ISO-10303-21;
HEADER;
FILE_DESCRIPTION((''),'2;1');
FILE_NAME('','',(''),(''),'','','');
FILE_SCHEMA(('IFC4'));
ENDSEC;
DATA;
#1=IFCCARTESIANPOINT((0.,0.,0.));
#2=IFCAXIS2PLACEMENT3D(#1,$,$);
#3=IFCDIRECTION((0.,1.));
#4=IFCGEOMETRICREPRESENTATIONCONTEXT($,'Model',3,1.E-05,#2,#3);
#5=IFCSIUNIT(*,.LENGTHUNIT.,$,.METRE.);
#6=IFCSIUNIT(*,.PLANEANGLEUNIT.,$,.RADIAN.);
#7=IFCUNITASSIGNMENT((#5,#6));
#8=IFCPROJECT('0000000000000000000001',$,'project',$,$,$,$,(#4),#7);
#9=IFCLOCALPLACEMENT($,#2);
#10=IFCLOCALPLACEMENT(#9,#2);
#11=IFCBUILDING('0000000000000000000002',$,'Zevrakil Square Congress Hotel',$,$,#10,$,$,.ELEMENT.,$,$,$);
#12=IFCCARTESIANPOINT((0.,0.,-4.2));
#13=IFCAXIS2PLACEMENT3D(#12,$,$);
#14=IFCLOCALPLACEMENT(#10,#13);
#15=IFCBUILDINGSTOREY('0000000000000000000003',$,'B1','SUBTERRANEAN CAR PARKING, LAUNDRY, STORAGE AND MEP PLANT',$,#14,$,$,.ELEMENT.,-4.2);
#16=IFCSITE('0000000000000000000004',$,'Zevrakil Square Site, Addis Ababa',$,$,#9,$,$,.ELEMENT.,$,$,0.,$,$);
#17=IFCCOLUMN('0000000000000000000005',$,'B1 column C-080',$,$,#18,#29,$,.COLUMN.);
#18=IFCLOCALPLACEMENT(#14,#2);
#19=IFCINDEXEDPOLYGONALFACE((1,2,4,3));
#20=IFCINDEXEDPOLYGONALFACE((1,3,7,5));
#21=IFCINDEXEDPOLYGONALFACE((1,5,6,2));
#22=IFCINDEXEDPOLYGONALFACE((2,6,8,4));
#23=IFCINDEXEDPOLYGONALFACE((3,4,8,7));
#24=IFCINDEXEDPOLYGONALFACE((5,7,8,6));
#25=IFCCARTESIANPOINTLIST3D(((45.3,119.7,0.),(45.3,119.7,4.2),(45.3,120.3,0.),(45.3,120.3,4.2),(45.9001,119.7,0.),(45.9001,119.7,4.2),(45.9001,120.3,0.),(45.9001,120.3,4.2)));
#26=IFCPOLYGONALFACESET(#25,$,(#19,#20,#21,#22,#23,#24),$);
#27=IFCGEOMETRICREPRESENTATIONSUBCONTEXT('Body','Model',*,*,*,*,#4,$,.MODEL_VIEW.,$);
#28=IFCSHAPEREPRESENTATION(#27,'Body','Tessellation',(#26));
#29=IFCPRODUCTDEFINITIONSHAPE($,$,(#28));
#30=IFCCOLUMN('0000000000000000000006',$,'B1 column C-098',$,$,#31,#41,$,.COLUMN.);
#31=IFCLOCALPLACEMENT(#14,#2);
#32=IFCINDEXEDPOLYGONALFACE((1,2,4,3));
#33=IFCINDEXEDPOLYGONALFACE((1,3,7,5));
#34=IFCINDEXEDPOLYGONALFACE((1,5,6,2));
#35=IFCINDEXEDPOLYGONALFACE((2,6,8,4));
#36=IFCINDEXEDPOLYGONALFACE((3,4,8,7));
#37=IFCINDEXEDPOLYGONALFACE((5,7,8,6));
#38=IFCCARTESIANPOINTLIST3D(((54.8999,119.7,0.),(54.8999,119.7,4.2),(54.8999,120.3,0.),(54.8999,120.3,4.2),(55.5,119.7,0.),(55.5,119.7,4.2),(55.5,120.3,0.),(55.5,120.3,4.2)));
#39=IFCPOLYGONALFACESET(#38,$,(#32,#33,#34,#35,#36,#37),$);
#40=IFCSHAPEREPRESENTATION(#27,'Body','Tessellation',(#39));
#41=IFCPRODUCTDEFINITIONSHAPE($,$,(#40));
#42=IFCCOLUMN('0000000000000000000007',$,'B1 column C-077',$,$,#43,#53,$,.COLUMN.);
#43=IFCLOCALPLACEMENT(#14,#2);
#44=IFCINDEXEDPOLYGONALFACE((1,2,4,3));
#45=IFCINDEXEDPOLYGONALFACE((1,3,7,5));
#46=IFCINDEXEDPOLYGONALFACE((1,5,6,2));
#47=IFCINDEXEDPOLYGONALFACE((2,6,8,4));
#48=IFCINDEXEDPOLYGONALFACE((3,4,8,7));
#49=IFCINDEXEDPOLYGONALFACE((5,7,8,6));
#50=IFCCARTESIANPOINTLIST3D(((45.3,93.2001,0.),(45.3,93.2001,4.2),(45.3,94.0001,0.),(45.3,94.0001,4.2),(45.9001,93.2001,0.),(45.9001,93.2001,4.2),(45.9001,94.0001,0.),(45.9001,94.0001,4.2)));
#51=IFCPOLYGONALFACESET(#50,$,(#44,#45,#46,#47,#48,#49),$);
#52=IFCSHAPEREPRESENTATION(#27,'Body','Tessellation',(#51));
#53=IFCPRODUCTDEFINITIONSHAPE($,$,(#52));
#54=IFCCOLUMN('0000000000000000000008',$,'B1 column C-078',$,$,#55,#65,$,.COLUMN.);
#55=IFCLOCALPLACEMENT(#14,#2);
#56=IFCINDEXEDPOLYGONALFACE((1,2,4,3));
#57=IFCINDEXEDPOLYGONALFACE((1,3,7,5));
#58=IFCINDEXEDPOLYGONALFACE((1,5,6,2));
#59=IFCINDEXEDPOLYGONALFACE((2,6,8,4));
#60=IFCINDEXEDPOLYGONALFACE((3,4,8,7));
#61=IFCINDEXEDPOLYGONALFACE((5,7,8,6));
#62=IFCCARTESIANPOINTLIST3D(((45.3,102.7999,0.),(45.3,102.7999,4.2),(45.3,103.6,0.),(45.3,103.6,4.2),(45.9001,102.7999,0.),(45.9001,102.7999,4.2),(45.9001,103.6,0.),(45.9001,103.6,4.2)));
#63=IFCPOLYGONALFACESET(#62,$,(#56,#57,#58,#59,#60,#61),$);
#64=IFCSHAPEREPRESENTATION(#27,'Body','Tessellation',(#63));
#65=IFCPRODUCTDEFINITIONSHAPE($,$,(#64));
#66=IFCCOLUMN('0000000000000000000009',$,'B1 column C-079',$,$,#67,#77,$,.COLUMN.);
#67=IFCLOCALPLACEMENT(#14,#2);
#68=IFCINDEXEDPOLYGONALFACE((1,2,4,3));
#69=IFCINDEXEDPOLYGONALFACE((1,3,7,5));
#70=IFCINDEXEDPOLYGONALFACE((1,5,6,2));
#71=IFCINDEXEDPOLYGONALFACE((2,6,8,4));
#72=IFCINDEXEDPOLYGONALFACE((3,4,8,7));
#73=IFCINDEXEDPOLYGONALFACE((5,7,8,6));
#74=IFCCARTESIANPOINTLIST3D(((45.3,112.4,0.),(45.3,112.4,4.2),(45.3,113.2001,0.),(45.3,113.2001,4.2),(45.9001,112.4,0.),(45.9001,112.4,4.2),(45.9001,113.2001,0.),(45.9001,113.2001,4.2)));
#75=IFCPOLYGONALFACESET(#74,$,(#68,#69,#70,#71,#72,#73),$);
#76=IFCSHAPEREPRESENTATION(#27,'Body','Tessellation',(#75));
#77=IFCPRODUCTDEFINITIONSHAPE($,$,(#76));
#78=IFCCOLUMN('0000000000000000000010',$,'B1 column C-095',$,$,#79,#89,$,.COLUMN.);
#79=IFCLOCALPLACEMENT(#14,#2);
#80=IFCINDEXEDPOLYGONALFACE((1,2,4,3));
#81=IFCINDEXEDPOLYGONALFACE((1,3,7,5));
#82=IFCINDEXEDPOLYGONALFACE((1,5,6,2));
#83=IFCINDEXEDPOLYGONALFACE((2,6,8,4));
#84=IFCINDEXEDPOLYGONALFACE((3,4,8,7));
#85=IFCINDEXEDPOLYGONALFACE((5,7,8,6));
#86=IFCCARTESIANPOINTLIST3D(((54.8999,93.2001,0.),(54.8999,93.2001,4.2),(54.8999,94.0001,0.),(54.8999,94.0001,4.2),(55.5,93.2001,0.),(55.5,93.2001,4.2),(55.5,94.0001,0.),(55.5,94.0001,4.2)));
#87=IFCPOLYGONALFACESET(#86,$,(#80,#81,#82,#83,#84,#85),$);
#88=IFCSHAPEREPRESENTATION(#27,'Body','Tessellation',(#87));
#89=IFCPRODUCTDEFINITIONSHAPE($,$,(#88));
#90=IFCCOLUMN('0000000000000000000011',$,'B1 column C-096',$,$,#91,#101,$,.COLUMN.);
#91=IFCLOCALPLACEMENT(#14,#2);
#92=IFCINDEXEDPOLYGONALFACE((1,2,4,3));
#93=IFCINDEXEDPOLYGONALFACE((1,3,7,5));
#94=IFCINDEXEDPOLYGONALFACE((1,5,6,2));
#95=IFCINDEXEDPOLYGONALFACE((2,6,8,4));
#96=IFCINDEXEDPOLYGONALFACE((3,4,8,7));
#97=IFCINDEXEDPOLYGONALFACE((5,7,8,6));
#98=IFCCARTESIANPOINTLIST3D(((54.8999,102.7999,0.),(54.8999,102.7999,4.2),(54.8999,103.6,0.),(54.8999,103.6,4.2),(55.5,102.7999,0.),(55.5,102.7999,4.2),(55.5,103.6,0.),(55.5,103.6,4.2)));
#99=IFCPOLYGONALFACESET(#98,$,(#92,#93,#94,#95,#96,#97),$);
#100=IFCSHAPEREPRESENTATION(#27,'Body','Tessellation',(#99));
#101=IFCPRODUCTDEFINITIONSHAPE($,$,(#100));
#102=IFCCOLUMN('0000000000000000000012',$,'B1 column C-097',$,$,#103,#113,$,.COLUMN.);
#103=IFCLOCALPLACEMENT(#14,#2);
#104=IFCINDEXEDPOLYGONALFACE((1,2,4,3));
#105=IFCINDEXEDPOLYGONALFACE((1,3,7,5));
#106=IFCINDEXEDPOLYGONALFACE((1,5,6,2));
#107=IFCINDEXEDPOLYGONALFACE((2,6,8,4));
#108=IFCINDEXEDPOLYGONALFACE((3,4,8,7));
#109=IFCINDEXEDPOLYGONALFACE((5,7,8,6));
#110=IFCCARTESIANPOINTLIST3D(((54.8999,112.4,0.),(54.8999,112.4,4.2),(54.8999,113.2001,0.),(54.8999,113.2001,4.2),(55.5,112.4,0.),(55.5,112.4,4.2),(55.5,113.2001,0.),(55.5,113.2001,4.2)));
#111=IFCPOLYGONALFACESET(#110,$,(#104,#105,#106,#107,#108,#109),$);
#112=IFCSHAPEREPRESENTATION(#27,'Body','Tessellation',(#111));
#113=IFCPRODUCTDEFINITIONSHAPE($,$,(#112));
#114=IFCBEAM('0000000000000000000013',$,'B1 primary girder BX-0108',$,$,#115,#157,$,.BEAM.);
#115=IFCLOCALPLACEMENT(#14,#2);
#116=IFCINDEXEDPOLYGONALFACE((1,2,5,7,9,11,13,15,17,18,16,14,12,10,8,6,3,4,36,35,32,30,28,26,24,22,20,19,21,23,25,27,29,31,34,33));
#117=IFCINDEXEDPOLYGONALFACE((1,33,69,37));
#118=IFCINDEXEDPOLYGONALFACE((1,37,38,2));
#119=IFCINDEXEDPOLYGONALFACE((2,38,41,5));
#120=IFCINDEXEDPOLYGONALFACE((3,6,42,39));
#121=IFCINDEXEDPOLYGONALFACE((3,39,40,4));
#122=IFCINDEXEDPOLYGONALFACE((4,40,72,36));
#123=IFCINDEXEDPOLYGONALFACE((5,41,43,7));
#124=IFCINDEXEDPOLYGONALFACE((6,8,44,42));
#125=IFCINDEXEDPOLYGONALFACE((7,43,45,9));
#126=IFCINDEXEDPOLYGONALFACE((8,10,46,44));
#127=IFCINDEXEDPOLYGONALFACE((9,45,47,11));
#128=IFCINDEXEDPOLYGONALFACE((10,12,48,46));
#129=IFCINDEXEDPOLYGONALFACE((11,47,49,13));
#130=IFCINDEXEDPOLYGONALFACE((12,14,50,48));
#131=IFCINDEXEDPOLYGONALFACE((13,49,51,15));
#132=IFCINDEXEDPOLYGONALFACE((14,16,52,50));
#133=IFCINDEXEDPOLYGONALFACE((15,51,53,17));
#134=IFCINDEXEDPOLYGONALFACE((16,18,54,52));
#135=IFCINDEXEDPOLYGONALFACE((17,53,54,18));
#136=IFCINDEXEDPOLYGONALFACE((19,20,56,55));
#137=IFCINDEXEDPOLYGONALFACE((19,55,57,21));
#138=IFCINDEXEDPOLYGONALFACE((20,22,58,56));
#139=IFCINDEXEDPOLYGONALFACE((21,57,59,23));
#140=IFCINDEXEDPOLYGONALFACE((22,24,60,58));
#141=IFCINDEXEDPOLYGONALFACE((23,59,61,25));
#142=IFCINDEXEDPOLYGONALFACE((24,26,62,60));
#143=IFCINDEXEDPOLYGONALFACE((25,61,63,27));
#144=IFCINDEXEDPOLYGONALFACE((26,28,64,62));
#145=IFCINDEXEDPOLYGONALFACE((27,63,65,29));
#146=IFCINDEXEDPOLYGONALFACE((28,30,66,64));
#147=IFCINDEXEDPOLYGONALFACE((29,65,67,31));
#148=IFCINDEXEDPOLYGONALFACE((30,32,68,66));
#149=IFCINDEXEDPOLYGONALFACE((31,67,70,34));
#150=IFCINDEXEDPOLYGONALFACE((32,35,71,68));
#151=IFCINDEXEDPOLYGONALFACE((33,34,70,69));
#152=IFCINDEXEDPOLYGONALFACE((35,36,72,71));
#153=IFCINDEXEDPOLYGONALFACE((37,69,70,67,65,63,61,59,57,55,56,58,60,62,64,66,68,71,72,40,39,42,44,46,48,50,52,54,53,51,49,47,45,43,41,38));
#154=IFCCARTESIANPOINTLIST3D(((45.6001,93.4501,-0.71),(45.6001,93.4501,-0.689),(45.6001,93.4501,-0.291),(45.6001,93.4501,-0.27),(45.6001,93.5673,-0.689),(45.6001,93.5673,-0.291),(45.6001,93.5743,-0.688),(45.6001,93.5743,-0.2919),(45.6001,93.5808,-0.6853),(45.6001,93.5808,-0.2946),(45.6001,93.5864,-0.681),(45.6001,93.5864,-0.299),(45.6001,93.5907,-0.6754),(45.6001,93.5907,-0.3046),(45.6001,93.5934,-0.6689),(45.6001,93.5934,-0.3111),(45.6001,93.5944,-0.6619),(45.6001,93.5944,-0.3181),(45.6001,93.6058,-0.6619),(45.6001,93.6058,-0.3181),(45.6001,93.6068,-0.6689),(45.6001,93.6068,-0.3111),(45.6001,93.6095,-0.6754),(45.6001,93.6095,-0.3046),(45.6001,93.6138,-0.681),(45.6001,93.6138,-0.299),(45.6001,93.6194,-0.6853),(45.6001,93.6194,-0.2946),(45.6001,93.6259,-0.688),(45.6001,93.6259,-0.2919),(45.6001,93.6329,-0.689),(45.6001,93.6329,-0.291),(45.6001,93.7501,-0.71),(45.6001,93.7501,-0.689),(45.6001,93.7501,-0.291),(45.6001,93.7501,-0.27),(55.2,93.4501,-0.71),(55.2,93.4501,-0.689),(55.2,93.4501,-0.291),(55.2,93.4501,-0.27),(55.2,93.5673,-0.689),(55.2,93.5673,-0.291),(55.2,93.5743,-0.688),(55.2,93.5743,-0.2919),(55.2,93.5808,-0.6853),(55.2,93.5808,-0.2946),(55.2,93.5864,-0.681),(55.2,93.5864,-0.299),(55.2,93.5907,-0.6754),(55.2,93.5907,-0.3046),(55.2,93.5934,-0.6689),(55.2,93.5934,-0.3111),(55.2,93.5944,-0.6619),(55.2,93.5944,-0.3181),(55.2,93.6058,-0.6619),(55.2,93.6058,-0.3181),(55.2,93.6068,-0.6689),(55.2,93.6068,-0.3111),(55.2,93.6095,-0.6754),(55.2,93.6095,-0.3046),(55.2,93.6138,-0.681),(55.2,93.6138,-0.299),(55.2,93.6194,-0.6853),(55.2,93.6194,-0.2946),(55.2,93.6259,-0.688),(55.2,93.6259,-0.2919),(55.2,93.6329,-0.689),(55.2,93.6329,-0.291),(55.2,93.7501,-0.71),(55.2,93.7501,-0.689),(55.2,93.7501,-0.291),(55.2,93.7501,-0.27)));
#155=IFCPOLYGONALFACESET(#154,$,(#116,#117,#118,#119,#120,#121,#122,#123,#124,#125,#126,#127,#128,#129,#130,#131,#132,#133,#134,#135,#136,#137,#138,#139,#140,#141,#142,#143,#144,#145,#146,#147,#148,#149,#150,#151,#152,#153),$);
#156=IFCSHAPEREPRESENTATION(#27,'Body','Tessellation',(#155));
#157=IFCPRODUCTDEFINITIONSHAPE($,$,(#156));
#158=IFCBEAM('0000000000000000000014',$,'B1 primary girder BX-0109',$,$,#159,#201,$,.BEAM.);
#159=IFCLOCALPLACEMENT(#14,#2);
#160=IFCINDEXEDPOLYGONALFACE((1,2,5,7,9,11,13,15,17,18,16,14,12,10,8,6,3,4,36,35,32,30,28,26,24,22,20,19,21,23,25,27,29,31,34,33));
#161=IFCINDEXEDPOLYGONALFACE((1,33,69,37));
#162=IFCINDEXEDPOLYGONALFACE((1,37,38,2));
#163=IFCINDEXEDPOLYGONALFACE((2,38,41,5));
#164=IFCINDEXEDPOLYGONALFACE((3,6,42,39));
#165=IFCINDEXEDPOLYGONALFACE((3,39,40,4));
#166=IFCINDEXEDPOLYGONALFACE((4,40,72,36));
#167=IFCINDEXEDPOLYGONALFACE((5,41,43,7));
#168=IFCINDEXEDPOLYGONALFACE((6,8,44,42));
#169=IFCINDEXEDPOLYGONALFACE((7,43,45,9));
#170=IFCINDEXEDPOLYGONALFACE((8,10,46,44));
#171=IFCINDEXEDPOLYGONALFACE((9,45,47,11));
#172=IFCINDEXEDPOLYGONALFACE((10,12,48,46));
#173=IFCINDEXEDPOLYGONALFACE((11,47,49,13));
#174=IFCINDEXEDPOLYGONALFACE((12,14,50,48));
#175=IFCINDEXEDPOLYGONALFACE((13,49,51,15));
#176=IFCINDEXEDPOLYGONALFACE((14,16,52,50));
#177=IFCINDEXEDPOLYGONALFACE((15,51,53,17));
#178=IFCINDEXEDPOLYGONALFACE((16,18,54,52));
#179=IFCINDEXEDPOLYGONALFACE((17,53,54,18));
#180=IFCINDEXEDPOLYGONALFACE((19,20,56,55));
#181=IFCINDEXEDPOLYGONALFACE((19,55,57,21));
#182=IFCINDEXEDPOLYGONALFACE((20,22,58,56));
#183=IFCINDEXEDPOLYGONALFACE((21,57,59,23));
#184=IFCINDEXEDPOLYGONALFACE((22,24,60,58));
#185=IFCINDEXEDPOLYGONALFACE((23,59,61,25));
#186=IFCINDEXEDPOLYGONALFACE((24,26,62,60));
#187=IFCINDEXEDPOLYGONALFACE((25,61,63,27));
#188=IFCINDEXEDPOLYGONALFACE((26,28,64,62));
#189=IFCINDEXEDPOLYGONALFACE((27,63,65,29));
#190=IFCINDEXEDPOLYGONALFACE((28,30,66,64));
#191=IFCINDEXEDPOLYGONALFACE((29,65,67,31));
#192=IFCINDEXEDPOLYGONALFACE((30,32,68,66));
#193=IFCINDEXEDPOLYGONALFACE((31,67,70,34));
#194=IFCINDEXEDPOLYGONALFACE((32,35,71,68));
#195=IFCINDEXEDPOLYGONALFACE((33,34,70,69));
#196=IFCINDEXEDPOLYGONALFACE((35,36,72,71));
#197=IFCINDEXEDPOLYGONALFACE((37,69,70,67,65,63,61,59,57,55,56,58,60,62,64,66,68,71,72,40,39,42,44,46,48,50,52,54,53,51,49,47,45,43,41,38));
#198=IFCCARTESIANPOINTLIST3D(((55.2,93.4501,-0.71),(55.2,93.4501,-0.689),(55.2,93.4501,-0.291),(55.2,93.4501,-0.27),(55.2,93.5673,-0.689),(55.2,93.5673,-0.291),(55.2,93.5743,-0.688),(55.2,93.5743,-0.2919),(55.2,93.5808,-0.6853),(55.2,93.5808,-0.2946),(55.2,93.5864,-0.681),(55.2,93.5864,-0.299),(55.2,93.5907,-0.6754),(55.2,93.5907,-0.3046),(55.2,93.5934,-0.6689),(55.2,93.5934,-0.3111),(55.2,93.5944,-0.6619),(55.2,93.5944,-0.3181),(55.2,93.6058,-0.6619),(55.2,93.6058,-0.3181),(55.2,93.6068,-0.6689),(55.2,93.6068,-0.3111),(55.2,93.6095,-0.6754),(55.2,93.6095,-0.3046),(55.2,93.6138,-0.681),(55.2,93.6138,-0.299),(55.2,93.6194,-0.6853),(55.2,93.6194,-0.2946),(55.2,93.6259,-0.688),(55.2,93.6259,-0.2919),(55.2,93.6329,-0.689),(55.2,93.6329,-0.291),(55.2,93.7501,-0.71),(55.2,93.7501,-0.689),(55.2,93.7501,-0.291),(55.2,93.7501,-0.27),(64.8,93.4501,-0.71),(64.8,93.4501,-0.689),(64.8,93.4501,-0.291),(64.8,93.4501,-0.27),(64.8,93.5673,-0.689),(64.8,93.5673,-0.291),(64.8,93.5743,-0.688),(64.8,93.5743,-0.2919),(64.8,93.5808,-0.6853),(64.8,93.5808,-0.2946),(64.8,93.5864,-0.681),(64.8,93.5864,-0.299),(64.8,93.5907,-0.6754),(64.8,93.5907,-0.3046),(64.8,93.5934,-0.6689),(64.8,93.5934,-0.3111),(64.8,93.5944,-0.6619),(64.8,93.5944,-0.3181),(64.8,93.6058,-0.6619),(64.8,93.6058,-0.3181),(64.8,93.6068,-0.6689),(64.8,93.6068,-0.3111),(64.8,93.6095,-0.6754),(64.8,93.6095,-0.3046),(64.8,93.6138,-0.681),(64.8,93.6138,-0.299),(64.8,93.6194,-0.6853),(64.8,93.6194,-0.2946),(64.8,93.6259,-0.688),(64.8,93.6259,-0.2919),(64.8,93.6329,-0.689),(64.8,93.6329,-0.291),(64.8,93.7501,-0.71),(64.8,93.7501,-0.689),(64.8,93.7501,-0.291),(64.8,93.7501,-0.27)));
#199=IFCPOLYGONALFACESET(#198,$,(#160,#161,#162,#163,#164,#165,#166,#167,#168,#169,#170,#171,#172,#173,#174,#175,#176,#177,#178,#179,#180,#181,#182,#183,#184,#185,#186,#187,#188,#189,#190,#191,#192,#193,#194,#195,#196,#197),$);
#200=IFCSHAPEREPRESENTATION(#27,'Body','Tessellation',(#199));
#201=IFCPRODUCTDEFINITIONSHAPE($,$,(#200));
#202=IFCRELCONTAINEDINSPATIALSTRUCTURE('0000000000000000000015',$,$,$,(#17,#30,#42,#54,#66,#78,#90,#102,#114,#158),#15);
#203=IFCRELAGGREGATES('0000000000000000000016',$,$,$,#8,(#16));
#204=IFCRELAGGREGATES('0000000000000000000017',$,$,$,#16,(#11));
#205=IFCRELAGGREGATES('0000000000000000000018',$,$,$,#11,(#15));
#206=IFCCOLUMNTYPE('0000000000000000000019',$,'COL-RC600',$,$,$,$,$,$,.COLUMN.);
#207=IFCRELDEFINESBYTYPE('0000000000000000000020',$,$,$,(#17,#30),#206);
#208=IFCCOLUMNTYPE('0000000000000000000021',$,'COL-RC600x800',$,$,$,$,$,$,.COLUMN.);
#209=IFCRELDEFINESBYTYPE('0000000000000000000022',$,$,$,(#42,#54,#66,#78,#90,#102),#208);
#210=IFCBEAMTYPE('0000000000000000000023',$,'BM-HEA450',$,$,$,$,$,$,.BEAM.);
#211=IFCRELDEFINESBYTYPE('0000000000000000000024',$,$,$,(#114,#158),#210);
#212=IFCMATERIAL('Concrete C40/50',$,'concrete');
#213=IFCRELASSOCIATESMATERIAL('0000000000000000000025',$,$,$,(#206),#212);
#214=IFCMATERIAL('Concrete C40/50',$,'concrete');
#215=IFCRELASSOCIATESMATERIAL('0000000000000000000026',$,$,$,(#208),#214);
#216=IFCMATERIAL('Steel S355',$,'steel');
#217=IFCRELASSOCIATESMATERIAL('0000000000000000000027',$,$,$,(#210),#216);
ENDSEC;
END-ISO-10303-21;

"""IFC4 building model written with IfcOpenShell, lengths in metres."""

from ifc_helpers import new_model, si_unit, direction, frame, origin, origin_2d, place, context, subcontext, project, spatial, rectangle, i_section, extrude, material, material_profile, profile_set, type_object, element, save


model = new_model("IFC4")

# Units and contexts
model_context = context("Model", 3, precision=1e-05, world=origin(), true_north=direction((0.0, 1.0)))
body_context = subcontext(model_context, "Body", "Model", "MODEL_VIEW")
ifc_project = project(units=[si_unit("LENGTHUNIT", "METRE"), si_unit("PLANEANGLEUNIT", "RADIAN")], contexts=[model_context])

# Site, building, storey
site_placement = place(None, origin())
site = spatial("IfcSite", under=ifc_project, at=site_placement, Name="Zevrakil Square Site, Addis Ababa", CompositionType="ELEMENT", RefElevation=0.0)
building_placement = place(site_placement, origin())
building = spatial("IfcBuilding", under=site, at=building_placement, Name="Zevrakil Square Congress Hotel", CompositionType="ELEMENT")
storey_placement = place(building_placement, frame((0.0, 0.0, -4.2)))
storey = spatial("IfcBuildingStorey", under=building, at=storey_placement, Name="B1", Description="SUBTERRANEAN CAR PARKING, LAUNDRY, STORAGE AND MEP PLANT", CompositionType="ELEMENT", Elevation=-4.2)

# Columns
ifc_material_1 = material(Name="Concrete C40/50", Category="concrete")
ifc_material_profile_1 = material_profile(ifc_material_1, rectangle(XDim=0.6001, YDim=0.6001, at=origin_2d()), Name="RC 600x600")
ifc_profile_set_1 = profile_set([ifc_material_profile_1], Name="Concrete C40/50")
column_type_1 = type_object("IfcColumnType", Name="COL-RC600", PredefinedType="COLUMN", material=ifc_profile_set_1)
for number, where, z_axis, x_axis, name in (
    (1, (45.6001, 120.0, 0.0), (0.0, 0.0, 1.0), (1.0, 0.0, 0.0), "B1 column C-080"),
    (2, (55.2, 120.0, 0.0), (0.0, 0.0, 1.0), (1.0, 0.0, 0.0), "B1 column C-098"),
):
    element("IfcColumn", number, at=place(storey_placement, frame(where, z_axis=z_axis, x_axis=x_axis)), inside=storey, type_object=column_type_1, Name=name, PredefinedType="COLUMN", context=body_context, shape_type="SweptSolid", body=[
        extrude(rectangle(XDim=0.6001, YDim=0.6001, at=origin_2d()), origin(), (0.0, 0.0, 1.0), 4.2),
    ])
ifc_material_2 = material(Name="Concrete C40/50", Category="concrete")
ifc_material_profile_2 = material_profile(ifc_material_2, rectangle(XDim=0.6001, YDim=0.8, at=origin_2d()), Name="RC 600x800")
ifc_profile_set_2 = profile_set([ifc_material_profile_2], Name="Concrete C40/50")
column_type_2 = type_object("IfcColumnType", Name="COL-RC600x800", PredefinedType="COLUMN", material=ifc_profile_set_2)
for number, where, z_axis, x_axis, name in (
    (3, (45.6001, 93.6001, 0.0), (0.0, 0.0, 1.0), (1.0, 0.0, 0.0), "B1 column C-077"),
    (4, (45.6001, 103.2, 0.0), (0.0, 0.0, 1.0), (1.0, 0.0, 0.0), "B1 column C-078"),
    (5, (45.6001, 112.8, 0.0), (0.0, 0.0, 1.0), (1.0, 0.0, 0.0), "B1 column C-079"),
    (6, (55.2, 93.6001, 0.0), (0.0, 0.0, 1.0), (1.0, 0.0, 0.0), "B1 column C-095"),
    (7, (55.2, 103.2, 0.0), (0.0, 0.0, 1.0), (1.0, 0.0, 0.0), "B1 column C-096"),
    (8, (55.2, 112.8, 0.0), (0.0, 0.0, 1.0), (1.0, 0.0, 0.0), "B1 column C-097"),
):
    element("IfcColumn", number, at=place(storey_placement, frame(where, z_axis=z_axis, x_axis=x_axis)), inside=storey, type_object=column_type_2, Name=name, PredefinedType="COLUMN", context=body_context, shape_type="SweptSolid", body=[
        extrude(rectangle(XDim=0.6001, YDim=0.8, at=origin_2d()), origin(), (0.0, 0.0, 1.0), 4.2),
    ])

# Beams
ifc_material_3 = material(Name="Steel S355", Category="steel")
ifc_material_profile_3 = material_profile(ifc_material_3, i_section(OverallWidth=0.3, OverallDepth=0.4399, WebThickness=0.0115, FlangeThickness=0.021, FilletRadius=0.0271, at=origin_2d()), Name="HEA 450")
ifc_profile_set_3 = profile_set([ifc_material_profile_3], Name="Steel S355")
beam_type_1 = type_object("IfcBeamType", Name="BM-HEA450", PredefinedType="BEAM", material=ifc_profile_set_3)
beam_1_placement = place(storey_placement, frame((45.6001, 93.6001, -0.49), z_axis=(1.0, 0.0, 0.0), x_axis=(0.0, 1.0, 0.0)))
element("IfcBeam", 9, at=beam_1_placement, inside=storey, type_object=beam_type_1, Name="B1 primary girder BX-0108", PredefinedType="BEAM", context=body_context, shape_type="SweptSolid", body=[
    extrude(i_section(OverallWidth=0.3, OverallDepth=0.4399, WebThickness=0.0115, FlangeThickness=0.021, FilletRadius=0.0271, at=origin_2d()), origin(), (0.0, 0.0, 1.0), 9.5999),
])
beam_2_placement = place(storey_placement, frame((55.2, 93.6001, -0.49), z_axis=(1.0, 0.0, 0.0), x_axis=(0.0, 1.0, 0.0)))
element("IfcBeam", 10, at=beam_2_placement, inside=storey, type_object=beam_type_1, Name="B1 primary girder BX-0109", PredefinedType="BEAM", context=body_context, shape_type="SweptSolid", body=[
    extrude(i_section(OverallWidth=0.3, OverallDepth=0.4399, WebThickness=0.0115, FlangeThickness=0.021, FilletRadius=0.0271, at=origin_2d()), origin(), (0.0, 0.0, 1.0), 9.6001),
])

save(model, "model.ifc")
